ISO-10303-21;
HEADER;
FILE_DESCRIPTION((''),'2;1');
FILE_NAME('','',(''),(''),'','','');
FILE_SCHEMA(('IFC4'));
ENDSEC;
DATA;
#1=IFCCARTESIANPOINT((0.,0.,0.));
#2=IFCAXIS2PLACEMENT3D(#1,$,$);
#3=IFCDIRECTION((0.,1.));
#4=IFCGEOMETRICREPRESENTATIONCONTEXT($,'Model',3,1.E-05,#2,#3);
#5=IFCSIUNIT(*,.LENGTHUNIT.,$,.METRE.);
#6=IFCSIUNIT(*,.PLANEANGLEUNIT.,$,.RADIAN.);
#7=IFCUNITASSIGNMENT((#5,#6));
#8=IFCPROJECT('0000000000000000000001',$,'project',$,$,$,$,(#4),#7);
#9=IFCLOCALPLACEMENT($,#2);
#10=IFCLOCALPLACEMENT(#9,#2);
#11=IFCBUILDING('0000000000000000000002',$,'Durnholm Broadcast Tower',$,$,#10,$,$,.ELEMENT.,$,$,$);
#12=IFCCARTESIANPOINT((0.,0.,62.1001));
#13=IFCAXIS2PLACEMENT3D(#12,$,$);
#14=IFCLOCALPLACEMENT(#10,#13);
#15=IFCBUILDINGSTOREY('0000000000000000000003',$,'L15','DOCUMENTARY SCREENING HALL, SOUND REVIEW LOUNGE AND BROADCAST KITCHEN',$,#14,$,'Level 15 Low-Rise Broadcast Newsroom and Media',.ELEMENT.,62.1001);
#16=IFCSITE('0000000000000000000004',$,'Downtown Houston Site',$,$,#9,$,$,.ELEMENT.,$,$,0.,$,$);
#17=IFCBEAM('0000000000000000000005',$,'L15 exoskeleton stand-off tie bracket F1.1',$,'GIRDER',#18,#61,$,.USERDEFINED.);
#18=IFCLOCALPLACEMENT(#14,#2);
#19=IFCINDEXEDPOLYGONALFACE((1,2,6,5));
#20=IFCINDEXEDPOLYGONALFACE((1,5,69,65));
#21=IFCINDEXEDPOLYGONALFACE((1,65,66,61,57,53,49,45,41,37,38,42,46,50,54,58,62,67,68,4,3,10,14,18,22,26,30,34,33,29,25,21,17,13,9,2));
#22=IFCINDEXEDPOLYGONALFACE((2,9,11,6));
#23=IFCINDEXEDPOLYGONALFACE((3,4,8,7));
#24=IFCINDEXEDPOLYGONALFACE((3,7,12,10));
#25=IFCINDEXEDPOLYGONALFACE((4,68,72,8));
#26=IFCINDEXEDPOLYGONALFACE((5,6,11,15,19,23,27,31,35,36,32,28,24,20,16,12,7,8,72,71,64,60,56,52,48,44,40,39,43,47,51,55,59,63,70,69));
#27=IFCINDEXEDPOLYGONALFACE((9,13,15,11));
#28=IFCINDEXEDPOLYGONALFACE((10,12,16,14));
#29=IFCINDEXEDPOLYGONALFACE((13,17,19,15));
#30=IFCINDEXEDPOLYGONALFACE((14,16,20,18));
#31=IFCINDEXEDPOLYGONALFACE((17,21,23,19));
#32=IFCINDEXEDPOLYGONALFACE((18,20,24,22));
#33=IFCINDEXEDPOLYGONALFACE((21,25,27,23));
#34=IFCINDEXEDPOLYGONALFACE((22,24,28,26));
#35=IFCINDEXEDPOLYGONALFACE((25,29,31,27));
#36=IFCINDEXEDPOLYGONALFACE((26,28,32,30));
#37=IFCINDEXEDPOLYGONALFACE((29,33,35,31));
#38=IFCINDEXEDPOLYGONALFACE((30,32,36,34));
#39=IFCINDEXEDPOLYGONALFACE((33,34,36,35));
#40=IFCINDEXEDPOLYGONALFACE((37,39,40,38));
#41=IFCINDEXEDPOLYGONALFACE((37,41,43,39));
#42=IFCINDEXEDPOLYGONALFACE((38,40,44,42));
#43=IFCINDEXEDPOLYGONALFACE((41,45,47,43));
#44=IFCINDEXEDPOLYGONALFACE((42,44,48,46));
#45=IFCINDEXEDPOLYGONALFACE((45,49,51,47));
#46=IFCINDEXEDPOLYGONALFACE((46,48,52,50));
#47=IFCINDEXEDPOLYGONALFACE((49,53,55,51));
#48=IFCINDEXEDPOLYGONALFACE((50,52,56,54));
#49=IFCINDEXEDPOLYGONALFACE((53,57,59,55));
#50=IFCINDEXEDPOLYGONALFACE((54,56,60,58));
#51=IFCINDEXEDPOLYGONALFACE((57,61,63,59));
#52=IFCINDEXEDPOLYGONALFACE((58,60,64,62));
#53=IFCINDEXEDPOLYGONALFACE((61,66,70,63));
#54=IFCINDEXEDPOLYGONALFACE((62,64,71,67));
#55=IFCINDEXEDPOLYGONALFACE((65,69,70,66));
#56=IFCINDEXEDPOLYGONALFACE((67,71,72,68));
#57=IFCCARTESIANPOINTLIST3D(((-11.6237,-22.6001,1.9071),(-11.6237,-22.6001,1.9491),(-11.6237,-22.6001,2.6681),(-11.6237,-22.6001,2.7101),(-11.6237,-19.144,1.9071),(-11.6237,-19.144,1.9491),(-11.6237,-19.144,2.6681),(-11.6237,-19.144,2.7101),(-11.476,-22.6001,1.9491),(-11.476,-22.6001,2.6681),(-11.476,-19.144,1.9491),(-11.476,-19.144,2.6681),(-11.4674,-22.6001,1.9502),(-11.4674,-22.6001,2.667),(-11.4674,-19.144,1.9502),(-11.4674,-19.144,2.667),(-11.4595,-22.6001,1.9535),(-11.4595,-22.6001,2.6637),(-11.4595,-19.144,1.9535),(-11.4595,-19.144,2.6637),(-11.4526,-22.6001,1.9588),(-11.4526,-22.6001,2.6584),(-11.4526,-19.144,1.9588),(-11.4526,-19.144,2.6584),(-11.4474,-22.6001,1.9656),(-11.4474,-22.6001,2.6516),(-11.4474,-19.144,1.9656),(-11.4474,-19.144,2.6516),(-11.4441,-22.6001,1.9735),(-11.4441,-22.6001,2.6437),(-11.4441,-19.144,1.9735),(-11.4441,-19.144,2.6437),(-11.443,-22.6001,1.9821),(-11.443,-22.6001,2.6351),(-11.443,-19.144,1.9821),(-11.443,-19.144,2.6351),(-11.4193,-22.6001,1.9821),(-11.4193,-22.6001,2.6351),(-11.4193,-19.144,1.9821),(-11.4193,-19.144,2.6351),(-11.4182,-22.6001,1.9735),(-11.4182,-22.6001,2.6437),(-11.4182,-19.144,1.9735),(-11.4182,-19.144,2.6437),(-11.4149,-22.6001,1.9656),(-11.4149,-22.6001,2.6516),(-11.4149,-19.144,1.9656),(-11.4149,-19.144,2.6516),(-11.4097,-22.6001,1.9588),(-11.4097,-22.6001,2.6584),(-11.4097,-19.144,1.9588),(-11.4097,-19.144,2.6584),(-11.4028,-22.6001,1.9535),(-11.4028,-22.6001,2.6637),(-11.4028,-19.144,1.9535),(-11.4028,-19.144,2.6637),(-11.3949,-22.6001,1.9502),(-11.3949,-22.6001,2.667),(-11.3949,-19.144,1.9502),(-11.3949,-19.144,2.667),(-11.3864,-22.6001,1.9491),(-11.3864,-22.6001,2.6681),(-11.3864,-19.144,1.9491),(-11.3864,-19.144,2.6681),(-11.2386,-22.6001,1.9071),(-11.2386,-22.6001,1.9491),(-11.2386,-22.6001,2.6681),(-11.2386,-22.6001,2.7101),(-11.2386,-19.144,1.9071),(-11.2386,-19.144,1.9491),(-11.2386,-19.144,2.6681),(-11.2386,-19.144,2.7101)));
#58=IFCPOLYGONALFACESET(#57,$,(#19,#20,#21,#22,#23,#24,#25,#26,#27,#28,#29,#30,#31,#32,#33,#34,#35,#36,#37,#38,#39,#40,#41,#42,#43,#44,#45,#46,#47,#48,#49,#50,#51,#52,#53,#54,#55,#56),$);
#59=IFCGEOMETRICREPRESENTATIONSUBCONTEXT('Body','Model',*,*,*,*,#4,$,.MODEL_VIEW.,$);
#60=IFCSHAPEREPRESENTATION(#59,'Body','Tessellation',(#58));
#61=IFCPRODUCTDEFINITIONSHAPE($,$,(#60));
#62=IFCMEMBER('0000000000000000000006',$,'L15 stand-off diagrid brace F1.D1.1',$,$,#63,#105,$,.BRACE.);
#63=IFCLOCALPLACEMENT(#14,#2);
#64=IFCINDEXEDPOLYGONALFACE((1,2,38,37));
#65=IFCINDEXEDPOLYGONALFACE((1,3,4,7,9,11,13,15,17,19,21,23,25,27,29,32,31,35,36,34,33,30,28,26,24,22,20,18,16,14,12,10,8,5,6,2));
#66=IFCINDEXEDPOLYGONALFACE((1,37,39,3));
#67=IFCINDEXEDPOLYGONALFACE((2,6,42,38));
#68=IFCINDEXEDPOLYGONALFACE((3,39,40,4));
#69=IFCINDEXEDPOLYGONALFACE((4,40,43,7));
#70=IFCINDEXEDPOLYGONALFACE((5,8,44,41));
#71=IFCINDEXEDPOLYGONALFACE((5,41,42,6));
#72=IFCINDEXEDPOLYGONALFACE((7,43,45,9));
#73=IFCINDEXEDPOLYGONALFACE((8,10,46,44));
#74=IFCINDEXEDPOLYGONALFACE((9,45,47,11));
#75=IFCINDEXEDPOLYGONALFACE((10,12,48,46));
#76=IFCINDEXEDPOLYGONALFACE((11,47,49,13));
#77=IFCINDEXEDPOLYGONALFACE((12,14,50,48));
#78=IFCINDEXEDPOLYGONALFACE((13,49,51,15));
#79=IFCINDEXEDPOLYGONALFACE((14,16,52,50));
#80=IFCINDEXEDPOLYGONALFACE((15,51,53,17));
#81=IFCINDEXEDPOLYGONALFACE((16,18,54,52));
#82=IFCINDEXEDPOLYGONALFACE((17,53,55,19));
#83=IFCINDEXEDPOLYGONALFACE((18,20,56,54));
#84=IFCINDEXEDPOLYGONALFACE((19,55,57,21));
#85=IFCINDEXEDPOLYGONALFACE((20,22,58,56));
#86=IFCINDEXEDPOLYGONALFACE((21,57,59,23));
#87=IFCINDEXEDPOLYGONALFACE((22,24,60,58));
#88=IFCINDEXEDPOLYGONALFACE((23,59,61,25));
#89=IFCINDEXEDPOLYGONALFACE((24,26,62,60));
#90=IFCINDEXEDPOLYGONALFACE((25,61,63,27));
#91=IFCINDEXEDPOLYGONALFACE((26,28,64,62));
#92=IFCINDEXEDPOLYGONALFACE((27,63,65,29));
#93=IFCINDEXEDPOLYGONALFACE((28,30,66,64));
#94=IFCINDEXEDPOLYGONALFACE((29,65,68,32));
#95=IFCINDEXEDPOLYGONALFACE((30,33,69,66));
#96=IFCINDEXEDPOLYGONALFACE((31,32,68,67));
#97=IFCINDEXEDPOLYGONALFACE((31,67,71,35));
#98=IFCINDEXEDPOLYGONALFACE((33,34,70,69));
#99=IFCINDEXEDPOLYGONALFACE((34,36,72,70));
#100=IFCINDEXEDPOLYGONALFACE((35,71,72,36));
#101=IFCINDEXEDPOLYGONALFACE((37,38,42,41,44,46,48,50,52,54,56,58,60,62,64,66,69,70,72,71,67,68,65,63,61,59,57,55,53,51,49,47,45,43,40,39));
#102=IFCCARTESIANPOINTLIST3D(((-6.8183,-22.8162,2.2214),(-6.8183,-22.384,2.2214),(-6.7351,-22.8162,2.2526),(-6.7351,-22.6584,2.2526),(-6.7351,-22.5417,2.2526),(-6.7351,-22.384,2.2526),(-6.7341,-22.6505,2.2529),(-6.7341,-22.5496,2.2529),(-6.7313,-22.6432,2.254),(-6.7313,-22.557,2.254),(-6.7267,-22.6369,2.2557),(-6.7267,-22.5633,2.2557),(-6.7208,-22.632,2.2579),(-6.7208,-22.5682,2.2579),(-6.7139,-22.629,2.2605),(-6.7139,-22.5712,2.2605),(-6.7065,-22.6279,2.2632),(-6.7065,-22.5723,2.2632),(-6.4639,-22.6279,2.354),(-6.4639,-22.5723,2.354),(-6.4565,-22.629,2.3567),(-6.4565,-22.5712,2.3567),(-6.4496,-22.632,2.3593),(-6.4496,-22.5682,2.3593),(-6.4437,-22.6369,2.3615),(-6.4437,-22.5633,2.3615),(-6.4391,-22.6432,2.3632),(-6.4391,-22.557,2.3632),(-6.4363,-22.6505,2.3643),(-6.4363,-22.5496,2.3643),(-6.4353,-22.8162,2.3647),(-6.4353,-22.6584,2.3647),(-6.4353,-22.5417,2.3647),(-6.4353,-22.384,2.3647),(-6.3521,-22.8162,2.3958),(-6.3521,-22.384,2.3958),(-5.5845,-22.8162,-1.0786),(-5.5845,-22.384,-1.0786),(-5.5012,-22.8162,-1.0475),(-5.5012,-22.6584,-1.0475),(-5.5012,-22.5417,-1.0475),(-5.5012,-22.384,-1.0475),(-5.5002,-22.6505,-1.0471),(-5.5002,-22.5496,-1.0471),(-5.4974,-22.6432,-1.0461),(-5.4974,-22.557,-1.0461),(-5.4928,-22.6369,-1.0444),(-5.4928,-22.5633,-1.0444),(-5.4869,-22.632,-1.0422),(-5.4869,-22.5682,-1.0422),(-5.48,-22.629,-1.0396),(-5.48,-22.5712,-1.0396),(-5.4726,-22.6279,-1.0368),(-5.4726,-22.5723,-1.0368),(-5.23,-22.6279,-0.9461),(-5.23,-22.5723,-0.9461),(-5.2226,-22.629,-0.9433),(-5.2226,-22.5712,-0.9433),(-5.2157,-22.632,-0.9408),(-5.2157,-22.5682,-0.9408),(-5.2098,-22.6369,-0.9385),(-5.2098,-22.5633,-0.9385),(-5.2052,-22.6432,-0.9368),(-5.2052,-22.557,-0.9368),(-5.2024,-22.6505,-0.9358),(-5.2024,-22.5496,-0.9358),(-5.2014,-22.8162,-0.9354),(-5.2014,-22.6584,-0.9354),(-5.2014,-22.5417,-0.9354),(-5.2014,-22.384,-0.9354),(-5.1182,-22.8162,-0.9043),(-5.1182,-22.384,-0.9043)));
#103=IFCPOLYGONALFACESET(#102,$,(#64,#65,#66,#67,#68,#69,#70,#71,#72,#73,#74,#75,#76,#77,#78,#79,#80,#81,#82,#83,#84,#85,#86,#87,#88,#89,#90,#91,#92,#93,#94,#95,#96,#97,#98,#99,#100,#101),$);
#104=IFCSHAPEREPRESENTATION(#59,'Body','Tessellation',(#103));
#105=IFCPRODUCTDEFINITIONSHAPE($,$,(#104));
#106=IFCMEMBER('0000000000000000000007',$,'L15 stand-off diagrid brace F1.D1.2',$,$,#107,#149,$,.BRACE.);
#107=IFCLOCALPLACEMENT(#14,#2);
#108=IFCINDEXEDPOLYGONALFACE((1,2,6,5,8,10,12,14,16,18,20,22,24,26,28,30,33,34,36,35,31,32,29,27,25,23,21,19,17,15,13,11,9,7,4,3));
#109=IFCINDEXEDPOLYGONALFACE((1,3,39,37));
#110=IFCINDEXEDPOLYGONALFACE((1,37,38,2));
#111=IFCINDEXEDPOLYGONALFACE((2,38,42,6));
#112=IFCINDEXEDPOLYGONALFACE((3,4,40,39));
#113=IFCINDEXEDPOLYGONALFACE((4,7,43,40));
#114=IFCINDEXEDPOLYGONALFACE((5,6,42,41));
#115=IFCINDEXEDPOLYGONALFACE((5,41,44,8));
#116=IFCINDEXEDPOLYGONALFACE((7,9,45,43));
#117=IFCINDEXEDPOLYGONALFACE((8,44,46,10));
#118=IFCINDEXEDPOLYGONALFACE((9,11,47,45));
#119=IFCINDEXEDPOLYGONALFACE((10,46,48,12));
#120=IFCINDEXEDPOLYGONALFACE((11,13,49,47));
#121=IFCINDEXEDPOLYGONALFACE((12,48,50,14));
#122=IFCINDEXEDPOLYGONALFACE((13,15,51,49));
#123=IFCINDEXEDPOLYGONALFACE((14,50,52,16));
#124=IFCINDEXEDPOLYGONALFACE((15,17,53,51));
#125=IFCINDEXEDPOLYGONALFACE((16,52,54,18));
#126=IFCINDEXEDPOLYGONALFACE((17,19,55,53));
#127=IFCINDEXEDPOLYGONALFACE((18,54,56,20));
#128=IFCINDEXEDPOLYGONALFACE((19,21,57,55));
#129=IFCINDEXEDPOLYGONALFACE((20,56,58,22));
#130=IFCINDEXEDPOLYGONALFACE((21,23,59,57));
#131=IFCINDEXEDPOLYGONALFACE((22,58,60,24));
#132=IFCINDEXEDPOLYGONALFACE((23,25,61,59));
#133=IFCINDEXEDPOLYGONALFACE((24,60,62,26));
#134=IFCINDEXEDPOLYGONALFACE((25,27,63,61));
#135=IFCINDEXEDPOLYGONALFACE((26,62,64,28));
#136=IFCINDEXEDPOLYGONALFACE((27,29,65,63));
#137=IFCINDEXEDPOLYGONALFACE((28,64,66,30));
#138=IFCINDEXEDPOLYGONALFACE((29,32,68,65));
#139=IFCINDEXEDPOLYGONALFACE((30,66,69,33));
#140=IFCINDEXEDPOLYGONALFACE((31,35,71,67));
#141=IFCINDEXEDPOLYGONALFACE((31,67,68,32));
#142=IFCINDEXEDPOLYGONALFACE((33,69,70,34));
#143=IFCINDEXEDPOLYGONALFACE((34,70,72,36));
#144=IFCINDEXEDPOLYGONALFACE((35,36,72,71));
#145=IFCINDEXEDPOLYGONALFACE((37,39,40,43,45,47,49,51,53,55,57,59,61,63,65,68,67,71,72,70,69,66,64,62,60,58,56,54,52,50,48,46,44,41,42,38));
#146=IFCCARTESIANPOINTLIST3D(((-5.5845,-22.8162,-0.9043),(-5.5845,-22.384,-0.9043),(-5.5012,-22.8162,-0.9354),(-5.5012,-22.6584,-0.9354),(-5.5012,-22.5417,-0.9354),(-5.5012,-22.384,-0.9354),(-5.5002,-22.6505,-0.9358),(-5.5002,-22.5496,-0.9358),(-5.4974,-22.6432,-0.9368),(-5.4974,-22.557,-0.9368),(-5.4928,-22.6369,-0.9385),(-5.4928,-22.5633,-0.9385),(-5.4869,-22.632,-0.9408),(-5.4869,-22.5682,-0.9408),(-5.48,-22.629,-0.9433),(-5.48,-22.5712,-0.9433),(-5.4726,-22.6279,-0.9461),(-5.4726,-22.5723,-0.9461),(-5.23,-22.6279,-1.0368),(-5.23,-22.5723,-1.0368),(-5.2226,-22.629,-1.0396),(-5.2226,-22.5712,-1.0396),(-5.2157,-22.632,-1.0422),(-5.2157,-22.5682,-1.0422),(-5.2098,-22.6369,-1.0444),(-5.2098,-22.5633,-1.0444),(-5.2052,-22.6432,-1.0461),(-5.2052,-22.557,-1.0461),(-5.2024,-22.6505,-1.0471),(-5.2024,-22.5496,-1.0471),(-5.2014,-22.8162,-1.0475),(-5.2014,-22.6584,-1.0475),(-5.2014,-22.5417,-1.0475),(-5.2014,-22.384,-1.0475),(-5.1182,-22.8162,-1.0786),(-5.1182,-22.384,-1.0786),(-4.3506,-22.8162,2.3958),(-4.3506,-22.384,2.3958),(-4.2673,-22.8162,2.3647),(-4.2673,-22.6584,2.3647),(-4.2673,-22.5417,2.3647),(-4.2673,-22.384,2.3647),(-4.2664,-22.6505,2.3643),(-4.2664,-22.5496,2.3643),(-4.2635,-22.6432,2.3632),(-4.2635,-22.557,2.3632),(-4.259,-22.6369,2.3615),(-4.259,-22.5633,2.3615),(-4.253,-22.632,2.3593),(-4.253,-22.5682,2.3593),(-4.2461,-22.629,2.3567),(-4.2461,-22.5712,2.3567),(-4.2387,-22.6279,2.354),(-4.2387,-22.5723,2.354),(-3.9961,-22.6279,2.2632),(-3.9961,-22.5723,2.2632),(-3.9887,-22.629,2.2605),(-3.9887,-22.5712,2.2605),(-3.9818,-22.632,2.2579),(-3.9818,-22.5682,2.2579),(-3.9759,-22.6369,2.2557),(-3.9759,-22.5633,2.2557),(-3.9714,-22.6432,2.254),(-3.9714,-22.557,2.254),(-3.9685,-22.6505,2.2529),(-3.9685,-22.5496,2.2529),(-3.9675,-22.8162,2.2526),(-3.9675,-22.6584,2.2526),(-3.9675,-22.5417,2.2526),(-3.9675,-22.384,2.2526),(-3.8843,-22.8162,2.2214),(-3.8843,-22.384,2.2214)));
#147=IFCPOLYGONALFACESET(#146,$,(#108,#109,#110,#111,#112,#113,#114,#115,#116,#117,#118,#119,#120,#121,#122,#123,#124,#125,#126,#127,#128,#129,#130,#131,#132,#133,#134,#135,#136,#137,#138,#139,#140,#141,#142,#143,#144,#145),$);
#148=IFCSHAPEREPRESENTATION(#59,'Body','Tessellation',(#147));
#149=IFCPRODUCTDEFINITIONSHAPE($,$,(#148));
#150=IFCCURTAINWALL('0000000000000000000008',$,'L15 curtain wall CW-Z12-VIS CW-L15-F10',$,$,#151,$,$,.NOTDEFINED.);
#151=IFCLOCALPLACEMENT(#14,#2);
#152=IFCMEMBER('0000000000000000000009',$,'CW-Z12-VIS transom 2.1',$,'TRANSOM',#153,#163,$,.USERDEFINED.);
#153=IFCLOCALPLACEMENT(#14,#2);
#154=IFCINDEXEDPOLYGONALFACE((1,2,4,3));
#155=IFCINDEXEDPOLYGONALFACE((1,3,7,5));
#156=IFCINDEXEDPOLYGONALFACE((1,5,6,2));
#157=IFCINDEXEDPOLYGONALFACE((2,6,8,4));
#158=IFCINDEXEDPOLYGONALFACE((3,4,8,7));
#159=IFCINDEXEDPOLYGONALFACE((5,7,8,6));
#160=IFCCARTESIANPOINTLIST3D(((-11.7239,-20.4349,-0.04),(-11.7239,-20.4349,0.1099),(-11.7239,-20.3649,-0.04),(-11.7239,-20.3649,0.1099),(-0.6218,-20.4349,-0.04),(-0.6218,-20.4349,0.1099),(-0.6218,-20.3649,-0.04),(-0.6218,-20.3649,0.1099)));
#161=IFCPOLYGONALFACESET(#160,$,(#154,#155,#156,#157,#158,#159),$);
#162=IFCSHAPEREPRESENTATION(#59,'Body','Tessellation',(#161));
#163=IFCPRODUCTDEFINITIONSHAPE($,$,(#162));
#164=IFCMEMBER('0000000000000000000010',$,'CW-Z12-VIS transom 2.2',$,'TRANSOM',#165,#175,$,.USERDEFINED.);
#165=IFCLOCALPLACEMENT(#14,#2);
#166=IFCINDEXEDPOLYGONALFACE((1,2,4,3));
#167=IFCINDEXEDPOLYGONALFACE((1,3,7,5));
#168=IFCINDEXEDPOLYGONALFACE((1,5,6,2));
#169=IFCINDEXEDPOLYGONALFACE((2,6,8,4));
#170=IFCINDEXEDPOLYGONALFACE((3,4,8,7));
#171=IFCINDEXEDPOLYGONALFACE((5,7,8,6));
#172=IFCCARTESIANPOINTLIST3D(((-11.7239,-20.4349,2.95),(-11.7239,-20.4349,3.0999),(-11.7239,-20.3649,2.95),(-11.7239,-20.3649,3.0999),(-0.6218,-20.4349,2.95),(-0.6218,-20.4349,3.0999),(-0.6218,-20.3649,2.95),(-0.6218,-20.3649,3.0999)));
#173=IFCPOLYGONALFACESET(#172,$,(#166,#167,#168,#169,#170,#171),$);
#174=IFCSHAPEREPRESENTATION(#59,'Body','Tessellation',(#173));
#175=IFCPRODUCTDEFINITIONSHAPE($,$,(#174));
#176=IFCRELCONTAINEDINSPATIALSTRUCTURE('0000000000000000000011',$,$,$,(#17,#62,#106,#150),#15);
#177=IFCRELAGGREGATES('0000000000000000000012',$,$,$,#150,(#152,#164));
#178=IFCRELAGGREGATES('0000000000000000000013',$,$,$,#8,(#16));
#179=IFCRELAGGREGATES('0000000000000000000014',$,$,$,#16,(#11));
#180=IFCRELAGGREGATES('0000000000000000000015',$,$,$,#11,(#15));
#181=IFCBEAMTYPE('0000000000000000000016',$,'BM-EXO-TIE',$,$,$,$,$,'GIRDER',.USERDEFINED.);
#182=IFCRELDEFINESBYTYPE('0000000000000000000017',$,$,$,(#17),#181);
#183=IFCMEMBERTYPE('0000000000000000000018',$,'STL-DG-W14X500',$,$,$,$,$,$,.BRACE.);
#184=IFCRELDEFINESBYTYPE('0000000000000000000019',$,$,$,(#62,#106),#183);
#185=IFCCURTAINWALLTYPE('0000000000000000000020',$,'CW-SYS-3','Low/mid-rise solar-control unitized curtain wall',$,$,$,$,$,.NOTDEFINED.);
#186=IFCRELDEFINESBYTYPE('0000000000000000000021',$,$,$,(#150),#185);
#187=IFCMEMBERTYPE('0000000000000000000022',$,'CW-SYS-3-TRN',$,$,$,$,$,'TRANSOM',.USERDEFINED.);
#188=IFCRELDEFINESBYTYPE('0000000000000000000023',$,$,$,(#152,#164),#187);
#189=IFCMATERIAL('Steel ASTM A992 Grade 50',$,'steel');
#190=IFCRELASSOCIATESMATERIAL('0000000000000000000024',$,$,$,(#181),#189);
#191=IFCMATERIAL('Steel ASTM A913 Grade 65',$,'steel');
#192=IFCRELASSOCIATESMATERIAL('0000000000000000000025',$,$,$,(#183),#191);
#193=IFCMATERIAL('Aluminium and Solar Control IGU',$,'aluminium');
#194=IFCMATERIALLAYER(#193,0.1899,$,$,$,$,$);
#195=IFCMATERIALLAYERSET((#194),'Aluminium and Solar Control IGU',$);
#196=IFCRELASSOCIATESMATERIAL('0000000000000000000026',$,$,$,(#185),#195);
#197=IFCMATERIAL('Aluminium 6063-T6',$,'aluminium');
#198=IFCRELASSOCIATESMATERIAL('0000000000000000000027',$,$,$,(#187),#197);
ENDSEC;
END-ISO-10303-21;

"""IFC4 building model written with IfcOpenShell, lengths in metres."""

from ifc_helpers import new_model, si_unit, direction, frame, origin, origin_2d, place, context, subcontext, project, spatial, rectangle, i_section, extrude, source, transform, mapped, material, layer, layer_set, material_profile, profile_set, type_object, type_shapes, element, aggregate, save


model = new_model("IFC4")

# Units and contexts
model_context = context("Model", 3, precision=1e-05, world=origin(), true_north=direction((0.0, 1.0)))
body_context = subcontext(model_context, "Body", "Model", "MODEL_VIEW")
ifc_project = project(units=[si_unit("LENGTHUNIT", "METRE"), si_unit("PLANEANGLEUNIT", "RADIAN")], contexts=[model_context])

# Site, building, storey
site_placement = place(None, origin())
site = spatial("IfcSite", under=ifc_project, at=site_placement, Name="Downtown Houston Site", CompositionType="ELEMENT", RefElevation=0.0)
building_placement = place(site_placement, origin())
building = spatial("IfcBuilding", under=site, at=building_placement, Name="Durnholm Broadcast Tower", CompositionType="ELEMENT")
storey_placement = place(building_placement, frame((0.0, 0.0, 62.1001)))
storey = spatial("IfcBuildingStorey", under=building, at=storey_placement, Name="L15", Description="DOCUMENTARY SCREENING HALL, SOUND REVIEW LOUNGE AND BROADCAST KITCHEN", LongName="Level 15 Low-Rise Broadcast Newsroom and Media", CompositionType="ELEMENT", Elevation=62.1001)

# Beam
ifc_material_1 = material(Name="Steel ASTM A992 Grade 50", Category="steel")
ifc_material_profile_1 = material_profile(ifc_material_1, i_section(OverallWidth=0.385, OverallDepth=0.803, WebThickness=0.0237, FlangeThickness=0.042, FilletRadius=0.033, at=origin_2d()), Name="W30X261")
ifc_profile_set_1 = profile_set([ifc_material_profile_1], Name="Steel ASTM A992 Grade 50")
beam_type_1 = type_object("IfcBeamType", Name="BM-EXO-TIE", ElementType="GIRDER", PredefinedType="USERDEFINED", material=ifc_profile_set_1)
shared_shape_1 = source(origin(), body_context, "Body", "SweptSolid", [
    extrude(i_section(OverallWidth=0.385, OverallDepth=0.803, WebThickness=0.0237, FlangeThickness=0.042, FilletRadius=0.033, at=origin_2d()), origin(), (0.0, 0.0, 1.0), 3.4561),
])
type_shapes(beam_type_1, [shared_shape_1])
beam_1_placement = place(storey_placement, frame((-11.4312, -19.144, 2.3086), z_axis=(0.0, -1.0, 0.0), x_axis=(1.0, 0.0, 0.0)))
element("IfcBeam", 1, at=beam_1_placement, inside=storey, type_object=beam_type_1, Name="L15 exoskeleton stand-off tie bracket F1.1", ObjectType="GIRDER", PredefinedType="USERDEFINED", context=body_context, shape_type="MappedRepresentation", body=[
    mapped(shared_shape_1, transform((0.0, 0.0, 0.0), x_axis=(1.0, 0.0, 0.0), y_axis=(0.0, 1.0, 0.0), z_axis=(0.0, 0.0, 1.0), scale=1.0)),
])

# Members
ifc_material_2 = material(Name="Steel ASTM A913 Grade 65", Category="steel")
ifc_material_profile_2 = material_profile(ifc_material_2, i_section(OverallWidth=0.4321, OverallDepth=0.4978, WebThickness=0.0557, FlangeThickness=0.0889, FilletRadius=0.0305, at=origin_2d()), Name="W14X500")
ifc_profile_set_2 = profile_set([ifc_material_profile_2], Name="Steel ASTM A913 Grade 65")
member_type_1 = type_object("IfcMemberType", Name="STL-DG-W14X500", PredefinedType="BRACE", material=ifc_profile_set_2)
shared_shape_2 = source(origin(), body_context, "Body", "SweptSolid", [
    extrude(i_section(OverallWidth=0.4321, OverallDepth=0.4978, WebThickness=0.0557, FlangeThickness=0.0889, FilletRadius=0.0305, at=origin_2d()), origin(), (0.0, 0.0, 1.0), 3.5232),
])
type_shapes(member_type_1, [shared_shape_2])
for number, where, z_axis, x_axis, name in (
    (2, (-5.3513, -22.6001, -0.9915), (-0.35022, 0.0, 0.936668), (0.0, -1.0, 0.0), "L15 stand-off diagrid brace F1.D1.1"),
    (3, (-5.3513, -22.6001, -0.9915), (0.35022, 0.0, 0.936668), (0.0, 1.0, 0.0), "L15 stand-off diagrid brace F1.D1.2"),
):
    element("IfcMember", number, at=place(storey_placement, frame(where, z_axis=z_axis, x_axis=x_axis)), inside=storey, type_object=member_type_1, Name=name, PredefinedType="BRACE", context=body_context, shape_type="MappedRepresentation", body=[
        mapped(shared_shape_2, transform((0.0, 0.0, 0.0), x_axis=(1.0, 0.0, 0.0), y_axis=(0.0, 1.0, 0.0), z_axis=(0.0, 0.0, 1.0), scale=1.0)),
    ])

# Curtain wall, members
ifc_material_3 = material(Name="Aluminium and Solar Control IGU", Category="aluminium")
ifc_layer_1 = layer(ifc_material_3, 0.1899)
ifc_layer_set_1 = layer_set([ifc_layer_1], Name="Aluminium and Solar Control IGU")
curtain_wall_type = type_object("IfcCurtainWallType", Name="CW-SYS-3", Description="Low/mid-rise solar-control unitized curtain wall", PredefinedType="NOTDEFINED", material=ifc_layer_set_1)
curtain_wall_placement = place(storey_placement, origin())
curtain_wall = element("IfcCurtainWall", 4, at=curtain_wall_placement, inside=storey, type_object=curtain_wall_type, Name="L15 curtain wall CW-Z12-VIS CW-L15-F10", PredefinedType="NOTDEFINED")
ifc_material_4 = material(Name="Aluminium 6063-T6", Category="aluminium")
ifc_material_profile_3 = material_profile(ifc_material_4, rectangle(XDim=0.0701, YDim=0.1499, at=origin_2d()), Name="CWT70X150")
ifc_profile_set_3 = profile_set([ifc_material_profile_3], Name="Aluminium 6063-T6")
member_type_2 = type_object("IfcMemberType", Name="CW-SYS-3-TRN", ElementType="TRANSOM", PredefinedType="USERDEFINED", material=ifc_profile_set_3)
shared_shape_3 = source(origin(), body_context, "Body", "SweptSolid", [
    extrude(rectangle(XDim=0.0701, YDim=0.1499, at=origin_2d()), origin(), (0.0, 0.0, 1.0), 11.1021),
])
type_shapes(member_type_2, [shared_shape_3])
member_1_placement = place(storey_placement, frame((-0.6218, -20.3999, 0.0349), z_axis=(-1.0, 0.0, 0.0), x_axis=(0.0, -1.0, 0.0)))
member_1 = element("IfcMember", 5, at=member_1_placement, type_object=member_type_2, Name="CW-Z12-VIS transom 2.1", ObjectType="TRANSOM", PredefinedType="USERDEFINED", context=body_context, shape_type="MappedRepresentation", body=[
    mapped(shared_shape_3, transform((0.0, 0.0, 0.0), x_axis=(1.0, 0.0, 0.0), y_axis=(0.0, 1.0, 0.0), z_axis=(0.0, 0.0, 1.0), scale=1.0)),
])
member_2_placement = place(storey_placement, frame((-0.6218, -20.3999, 3.0249), z_axis=(-1.0, 0.0, 0.0), x_axis=(0.0, -1.0, 0.0)))
member_2 = element("IfcMember", 6, at=member_2_placement, type_object=member_type_2, Name="CW-Z12-VIS transom 2.2", ObjectType="TRANSOM", PredefinedType="USERDEFINED", context=body_context, shape_type="MappedRepresentation", body=[
    mapped(shared_shape_3, transform((0.0, 0.0, 0.0), x_axis=(1.0, 0.0, 0.0), y_axis=(0.0, 1.0, 0.0), z_axis=(0.0, 0.0, 1.0), scale=1.0)),
])
aggregate(curtain_wall, [member_1, member_2])

save(model, "model.ifc")
